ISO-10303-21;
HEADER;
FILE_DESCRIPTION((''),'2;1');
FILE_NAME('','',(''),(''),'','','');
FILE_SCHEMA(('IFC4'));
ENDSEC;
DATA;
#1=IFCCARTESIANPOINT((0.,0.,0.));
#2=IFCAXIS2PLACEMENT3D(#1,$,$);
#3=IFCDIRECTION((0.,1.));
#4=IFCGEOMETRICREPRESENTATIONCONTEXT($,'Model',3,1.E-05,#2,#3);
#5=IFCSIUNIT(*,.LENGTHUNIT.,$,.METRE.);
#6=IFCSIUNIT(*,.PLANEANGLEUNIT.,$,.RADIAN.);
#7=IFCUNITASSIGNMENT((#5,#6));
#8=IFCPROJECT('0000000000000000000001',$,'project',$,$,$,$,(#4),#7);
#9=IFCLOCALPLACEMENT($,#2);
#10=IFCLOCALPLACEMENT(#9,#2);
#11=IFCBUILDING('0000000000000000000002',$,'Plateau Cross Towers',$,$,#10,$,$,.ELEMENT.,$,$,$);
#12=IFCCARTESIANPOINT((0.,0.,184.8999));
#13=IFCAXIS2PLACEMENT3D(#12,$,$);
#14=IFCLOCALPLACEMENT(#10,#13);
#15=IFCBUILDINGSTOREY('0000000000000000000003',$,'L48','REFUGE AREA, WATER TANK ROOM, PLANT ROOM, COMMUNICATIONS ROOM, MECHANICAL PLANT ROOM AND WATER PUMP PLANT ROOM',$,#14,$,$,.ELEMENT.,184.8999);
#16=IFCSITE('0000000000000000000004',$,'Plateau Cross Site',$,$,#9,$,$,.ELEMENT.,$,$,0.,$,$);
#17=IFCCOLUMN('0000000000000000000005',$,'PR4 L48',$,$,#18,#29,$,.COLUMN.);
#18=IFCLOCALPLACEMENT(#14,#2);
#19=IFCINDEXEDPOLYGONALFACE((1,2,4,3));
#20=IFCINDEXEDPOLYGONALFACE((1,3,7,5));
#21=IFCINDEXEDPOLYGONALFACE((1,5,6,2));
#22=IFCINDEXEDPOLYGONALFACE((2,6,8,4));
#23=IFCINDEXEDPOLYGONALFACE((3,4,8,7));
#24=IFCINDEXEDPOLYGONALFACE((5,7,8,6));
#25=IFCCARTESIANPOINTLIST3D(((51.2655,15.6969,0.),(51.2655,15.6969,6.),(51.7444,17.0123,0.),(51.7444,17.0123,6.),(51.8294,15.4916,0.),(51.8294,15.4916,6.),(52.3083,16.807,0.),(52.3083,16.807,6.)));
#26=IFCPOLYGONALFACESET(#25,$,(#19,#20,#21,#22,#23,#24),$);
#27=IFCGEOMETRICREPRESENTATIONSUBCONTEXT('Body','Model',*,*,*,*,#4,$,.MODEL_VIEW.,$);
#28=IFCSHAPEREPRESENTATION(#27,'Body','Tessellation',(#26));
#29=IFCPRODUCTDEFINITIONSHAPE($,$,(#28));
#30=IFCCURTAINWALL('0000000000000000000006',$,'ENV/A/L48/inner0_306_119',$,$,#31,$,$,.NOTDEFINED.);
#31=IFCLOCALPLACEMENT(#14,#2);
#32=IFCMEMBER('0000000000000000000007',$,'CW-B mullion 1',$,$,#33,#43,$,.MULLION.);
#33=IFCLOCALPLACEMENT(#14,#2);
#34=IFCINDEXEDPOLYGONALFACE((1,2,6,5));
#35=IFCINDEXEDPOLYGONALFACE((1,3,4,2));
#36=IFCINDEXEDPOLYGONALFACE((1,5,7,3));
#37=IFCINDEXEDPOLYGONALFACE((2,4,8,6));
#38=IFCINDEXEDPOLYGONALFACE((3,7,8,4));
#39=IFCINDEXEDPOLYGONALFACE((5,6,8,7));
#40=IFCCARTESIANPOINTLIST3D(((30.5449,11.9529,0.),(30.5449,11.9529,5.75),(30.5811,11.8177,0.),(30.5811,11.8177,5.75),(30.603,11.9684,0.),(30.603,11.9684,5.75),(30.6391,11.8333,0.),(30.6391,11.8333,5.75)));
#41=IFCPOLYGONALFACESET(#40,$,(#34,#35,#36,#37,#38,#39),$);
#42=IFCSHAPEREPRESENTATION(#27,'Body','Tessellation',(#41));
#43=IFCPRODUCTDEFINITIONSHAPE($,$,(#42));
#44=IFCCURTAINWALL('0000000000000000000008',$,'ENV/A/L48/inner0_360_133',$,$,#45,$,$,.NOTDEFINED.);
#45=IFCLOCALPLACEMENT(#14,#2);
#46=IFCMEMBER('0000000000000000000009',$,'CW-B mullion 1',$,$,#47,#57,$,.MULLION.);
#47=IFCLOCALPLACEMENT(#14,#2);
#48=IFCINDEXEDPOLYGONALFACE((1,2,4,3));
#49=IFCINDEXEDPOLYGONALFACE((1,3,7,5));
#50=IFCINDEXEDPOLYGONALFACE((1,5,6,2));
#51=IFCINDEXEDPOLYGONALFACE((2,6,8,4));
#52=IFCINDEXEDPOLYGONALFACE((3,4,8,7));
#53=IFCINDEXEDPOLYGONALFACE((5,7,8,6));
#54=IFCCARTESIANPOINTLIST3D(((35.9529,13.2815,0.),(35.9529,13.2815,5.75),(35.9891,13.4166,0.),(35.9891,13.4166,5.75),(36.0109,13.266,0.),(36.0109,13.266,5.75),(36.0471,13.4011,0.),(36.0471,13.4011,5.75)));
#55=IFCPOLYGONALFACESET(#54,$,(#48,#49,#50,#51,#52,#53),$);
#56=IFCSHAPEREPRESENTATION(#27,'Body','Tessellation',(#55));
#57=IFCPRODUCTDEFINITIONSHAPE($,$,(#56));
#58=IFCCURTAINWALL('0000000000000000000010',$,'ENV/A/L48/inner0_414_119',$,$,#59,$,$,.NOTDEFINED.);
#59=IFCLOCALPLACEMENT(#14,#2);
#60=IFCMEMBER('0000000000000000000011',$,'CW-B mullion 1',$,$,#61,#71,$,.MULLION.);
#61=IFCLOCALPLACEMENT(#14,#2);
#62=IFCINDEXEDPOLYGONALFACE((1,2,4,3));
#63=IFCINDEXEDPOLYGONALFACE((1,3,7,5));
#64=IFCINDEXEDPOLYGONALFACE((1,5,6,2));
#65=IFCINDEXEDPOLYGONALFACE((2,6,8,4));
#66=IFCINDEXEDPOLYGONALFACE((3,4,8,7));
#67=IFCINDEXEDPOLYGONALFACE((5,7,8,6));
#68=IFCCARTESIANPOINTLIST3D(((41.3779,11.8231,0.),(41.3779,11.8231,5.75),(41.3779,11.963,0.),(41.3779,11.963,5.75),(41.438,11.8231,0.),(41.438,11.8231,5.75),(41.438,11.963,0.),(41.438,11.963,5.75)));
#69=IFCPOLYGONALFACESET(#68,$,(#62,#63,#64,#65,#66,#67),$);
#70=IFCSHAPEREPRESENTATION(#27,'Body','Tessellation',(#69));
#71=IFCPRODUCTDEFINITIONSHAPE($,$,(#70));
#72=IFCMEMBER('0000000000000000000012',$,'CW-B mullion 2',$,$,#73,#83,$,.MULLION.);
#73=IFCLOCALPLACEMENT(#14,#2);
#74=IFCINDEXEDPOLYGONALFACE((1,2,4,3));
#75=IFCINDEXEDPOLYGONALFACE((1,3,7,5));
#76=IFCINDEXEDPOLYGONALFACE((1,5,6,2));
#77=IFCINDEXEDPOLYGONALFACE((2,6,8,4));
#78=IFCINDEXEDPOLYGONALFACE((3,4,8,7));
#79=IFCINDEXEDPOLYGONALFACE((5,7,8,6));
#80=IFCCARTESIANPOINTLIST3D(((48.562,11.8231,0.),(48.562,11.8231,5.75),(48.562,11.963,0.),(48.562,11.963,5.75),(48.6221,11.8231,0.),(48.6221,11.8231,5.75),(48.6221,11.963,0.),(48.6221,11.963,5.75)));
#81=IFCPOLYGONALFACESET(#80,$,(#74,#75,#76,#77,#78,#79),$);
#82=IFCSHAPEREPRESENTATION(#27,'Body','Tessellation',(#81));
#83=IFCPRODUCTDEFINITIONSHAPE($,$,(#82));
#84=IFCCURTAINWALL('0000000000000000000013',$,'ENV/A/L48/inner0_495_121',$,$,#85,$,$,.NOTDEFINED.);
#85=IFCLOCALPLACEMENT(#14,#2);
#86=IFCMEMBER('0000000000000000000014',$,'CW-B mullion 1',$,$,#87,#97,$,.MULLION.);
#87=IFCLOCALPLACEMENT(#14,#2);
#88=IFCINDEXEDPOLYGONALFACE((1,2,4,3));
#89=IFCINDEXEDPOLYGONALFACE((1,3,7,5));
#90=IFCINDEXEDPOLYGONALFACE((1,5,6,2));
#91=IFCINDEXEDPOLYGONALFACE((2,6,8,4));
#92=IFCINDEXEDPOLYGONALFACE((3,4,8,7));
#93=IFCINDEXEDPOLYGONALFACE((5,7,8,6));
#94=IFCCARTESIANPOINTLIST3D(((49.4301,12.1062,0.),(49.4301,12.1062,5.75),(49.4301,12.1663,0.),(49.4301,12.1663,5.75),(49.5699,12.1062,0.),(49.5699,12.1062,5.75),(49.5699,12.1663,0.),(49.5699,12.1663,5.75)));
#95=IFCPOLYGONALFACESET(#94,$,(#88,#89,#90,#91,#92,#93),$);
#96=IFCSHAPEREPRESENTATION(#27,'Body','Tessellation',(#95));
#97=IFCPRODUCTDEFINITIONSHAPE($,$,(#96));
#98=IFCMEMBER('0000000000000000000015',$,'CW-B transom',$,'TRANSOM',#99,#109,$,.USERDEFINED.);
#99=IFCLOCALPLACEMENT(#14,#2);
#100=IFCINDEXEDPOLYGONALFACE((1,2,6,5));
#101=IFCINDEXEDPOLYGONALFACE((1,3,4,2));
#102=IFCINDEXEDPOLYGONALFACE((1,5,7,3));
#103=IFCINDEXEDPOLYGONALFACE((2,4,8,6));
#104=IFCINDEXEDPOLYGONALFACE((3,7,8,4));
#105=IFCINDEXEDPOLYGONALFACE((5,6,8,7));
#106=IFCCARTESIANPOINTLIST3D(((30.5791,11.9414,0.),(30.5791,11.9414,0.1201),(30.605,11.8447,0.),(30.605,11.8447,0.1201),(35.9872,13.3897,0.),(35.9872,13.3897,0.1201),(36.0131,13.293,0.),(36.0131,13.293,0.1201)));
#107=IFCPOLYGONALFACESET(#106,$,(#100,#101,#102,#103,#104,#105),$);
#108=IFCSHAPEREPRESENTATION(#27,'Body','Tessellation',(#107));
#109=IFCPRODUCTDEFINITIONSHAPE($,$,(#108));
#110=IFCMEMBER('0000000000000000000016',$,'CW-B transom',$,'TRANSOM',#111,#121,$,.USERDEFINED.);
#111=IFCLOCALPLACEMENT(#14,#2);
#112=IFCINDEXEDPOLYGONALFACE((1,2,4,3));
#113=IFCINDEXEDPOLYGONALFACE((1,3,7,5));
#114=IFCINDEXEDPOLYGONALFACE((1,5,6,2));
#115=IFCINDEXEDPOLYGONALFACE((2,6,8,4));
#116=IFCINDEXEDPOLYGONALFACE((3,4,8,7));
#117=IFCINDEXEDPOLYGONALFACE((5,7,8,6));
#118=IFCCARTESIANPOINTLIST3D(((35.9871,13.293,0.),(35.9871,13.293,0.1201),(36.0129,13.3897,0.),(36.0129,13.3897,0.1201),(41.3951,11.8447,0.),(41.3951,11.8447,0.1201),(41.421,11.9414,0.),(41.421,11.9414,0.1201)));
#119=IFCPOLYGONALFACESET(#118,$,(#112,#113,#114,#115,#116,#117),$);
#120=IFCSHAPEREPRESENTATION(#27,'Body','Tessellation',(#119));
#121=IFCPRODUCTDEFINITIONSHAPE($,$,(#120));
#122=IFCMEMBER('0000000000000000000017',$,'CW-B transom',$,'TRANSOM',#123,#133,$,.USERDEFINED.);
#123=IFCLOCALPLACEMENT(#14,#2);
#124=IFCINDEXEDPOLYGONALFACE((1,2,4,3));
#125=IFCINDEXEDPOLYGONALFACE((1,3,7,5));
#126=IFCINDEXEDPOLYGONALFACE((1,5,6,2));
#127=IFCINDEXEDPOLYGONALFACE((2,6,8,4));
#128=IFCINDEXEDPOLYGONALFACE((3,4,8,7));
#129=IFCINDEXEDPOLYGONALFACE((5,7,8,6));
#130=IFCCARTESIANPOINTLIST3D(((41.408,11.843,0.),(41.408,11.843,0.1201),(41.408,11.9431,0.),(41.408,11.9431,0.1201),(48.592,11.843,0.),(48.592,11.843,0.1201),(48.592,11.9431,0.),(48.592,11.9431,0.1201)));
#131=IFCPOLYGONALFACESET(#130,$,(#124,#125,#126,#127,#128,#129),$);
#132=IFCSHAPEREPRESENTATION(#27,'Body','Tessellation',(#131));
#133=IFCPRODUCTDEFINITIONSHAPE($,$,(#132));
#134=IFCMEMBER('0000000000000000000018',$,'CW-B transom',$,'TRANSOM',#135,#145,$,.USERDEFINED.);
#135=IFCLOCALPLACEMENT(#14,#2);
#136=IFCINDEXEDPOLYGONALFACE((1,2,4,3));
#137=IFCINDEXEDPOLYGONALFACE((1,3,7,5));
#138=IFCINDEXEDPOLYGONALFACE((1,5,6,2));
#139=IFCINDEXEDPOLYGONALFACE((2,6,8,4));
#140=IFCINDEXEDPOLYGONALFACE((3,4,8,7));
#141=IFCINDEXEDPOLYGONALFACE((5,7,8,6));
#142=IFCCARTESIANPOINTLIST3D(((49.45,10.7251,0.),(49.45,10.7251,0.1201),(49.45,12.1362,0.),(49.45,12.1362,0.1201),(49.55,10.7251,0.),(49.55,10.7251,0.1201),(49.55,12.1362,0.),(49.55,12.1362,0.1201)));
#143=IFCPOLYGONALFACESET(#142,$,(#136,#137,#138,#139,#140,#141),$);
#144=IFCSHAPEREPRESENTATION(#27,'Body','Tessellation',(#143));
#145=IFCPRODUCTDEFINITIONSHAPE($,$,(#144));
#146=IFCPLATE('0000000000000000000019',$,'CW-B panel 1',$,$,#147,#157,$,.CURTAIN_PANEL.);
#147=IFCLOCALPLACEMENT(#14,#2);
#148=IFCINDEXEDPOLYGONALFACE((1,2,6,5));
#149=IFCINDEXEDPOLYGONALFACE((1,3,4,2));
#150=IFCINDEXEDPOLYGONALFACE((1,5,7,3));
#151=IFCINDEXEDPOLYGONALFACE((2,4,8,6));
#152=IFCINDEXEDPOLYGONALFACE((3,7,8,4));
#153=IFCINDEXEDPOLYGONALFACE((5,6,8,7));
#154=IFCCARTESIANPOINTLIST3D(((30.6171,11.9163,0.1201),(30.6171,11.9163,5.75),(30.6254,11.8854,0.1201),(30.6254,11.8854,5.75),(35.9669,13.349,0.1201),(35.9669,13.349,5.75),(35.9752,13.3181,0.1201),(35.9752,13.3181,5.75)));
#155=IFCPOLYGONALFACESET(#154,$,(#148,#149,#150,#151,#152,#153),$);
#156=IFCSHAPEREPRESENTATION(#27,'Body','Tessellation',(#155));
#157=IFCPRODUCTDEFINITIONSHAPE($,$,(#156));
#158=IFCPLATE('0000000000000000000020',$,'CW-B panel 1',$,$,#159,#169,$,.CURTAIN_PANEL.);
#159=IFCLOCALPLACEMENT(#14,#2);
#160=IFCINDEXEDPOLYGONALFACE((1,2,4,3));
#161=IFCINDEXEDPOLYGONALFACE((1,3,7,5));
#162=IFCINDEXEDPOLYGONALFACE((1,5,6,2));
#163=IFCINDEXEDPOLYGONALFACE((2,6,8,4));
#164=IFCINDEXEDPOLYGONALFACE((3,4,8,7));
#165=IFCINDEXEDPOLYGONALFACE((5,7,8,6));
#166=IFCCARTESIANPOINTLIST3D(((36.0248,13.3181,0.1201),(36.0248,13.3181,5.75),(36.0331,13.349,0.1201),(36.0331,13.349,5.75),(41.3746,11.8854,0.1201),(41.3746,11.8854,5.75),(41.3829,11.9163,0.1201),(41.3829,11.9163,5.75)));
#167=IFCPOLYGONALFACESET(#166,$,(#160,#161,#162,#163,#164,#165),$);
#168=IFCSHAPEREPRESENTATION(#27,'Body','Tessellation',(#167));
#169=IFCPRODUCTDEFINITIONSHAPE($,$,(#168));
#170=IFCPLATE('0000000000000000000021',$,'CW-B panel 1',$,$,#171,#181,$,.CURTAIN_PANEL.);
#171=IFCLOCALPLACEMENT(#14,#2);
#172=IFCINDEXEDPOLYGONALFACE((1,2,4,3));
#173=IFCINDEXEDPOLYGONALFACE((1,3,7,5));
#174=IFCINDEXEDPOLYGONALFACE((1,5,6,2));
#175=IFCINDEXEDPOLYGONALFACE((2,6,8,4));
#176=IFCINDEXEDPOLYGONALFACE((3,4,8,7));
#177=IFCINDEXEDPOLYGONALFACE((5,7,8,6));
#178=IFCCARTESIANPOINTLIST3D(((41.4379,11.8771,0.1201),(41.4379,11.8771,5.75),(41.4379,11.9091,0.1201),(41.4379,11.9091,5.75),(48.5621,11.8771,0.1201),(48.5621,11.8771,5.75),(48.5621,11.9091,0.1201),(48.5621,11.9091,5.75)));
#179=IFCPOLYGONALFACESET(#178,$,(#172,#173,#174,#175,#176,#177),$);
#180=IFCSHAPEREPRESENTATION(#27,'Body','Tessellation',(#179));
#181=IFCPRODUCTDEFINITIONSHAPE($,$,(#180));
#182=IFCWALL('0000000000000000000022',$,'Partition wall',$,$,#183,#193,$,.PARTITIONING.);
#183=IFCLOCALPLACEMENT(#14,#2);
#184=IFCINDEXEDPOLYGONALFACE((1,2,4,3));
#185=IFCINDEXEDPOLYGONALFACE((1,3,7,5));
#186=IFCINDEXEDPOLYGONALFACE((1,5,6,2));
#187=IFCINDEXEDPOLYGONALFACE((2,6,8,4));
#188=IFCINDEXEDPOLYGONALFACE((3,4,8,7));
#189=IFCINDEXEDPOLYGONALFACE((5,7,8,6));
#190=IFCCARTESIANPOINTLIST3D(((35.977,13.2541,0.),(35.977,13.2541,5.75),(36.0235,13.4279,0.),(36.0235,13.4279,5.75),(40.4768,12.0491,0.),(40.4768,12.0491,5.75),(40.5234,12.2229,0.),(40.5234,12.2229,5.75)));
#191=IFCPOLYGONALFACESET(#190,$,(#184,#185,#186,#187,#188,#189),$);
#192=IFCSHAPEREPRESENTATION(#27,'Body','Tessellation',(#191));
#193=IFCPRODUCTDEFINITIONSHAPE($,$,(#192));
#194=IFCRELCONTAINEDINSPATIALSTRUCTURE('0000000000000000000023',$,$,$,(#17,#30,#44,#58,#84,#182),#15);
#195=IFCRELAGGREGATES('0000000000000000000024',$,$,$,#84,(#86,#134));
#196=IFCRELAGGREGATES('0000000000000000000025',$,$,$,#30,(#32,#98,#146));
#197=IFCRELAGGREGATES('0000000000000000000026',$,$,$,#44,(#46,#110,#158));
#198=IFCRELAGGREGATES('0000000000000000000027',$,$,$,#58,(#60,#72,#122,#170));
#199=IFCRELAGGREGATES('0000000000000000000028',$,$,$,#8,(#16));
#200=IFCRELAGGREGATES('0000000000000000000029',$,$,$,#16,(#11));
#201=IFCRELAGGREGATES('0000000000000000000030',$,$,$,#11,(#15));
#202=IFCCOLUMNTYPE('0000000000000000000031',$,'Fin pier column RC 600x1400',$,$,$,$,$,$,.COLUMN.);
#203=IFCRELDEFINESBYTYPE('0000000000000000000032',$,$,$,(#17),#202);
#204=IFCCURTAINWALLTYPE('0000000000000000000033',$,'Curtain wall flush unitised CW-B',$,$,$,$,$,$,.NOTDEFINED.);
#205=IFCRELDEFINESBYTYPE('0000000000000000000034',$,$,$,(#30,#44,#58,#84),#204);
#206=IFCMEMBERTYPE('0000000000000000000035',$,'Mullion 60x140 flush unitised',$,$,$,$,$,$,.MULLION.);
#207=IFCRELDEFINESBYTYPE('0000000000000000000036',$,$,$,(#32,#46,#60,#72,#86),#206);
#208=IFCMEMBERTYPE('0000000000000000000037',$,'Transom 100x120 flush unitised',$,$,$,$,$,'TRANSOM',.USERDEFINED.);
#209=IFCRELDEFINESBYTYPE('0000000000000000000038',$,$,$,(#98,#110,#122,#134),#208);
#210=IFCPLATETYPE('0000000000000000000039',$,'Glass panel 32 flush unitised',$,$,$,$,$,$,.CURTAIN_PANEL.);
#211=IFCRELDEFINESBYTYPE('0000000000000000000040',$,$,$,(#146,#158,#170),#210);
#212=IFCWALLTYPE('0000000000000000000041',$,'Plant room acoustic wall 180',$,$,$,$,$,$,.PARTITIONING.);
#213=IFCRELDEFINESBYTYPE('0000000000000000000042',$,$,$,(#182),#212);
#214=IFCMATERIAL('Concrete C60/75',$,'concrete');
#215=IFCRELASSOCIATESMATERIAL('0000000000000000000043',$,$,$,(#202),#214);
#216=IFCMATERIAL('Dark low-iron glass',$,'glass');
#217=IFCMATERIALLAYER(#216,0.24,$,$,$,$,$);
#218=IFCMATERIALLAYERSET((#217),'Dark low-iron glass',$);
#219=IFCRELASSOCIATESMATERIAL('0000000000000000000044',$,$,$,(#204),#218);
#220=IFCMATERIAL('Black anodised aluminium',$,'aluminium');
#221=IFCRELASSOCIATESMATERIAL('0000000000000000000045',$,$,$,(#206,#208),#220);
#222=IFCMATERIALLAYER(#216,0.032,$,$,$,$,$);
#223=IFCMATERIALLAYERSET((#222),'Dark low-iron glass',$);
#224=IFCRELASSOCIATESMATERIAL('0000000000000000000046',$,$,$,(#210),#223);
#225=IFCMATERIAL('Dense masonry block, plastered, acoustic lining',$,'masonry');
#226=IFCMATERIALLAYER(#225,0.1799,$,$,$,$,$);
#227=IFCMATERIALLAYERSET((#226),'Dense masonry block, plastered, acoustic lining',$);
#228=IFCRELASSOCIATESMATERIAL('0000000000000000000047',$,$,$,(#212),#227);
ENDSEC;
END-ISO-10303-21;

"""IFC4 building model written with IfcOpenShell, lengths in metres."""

from ifc_helpers import new_model, si_unit, direction, frame, frame_2d, origin, origin_2d, place, context, subcontext, project, spatial, rectangle, extrude, material, layer, layer_set, material_profile, profile_set, type_object, element, aggregate, save


model = new_model("IFC4")

# Units and contexts
model_context = context("Model", 3, precision=1e-05, world=origin(), true_north=direction((0.0, 1.0)))
body_context = subcontext(model_context, "Body", "Model", "MODEL_VIEW")
ifc_project = project(units=[si_unit("LENGTHUNIT", "METRE"), si_unit("PLANEANGLEUNIT", "RADIAN")], contexts=[model_context])

# Site, building, storey
site_placement = place(None, origin())
site = spatial("IfcSite", under=ifc_project, at=site_placement, Name="Plateau Cross Site", CompositionType="ELEMENT", RefElevation=0.0)
building_placement = place(site_placement, origin())
building = spatial("IfcBuilding", under=site, at=building_placement, Name="Plateau Cross Towers", CompositionType="ELEMENT")
storey_placement = place(building_placement, frame((0.0, 0.0, 184.8999)))
storey = spatial("IfcBuildingStorey", under=building, at=storey_placement, Name="L48", Description="REFUGE AREA, WATER TANK ROOM, PLANT ROOM, COMMUNICATIONS ROOM, MECHANICAL PLANT ROOM AND WATER PUMP PLANT ROOM", CompositionType="ELEMENT", Elevation=184.8999)

# Column
ifc_material_1 = material(Name="Concrete C60/75", Category="concrete")
ifc_material_profile_1 = material_profile(ifc_material_1, rectangle(XDim=0.6001, YDim=1.3999, at=origin_2d()), Name="RC 600x1400")
ifc_profile_set_1 = profile_set([ifc_material_profile_1], Name="Concrete C60/75")
column_type = type_object("IfcColumnType", Name="Fin pier column RC 600x1400", PredefinedType="COLUMN", material=ifc_profile_set_1)
column_placement = place(storey_placement, frame((51.7869, 16.252, 0.0), z_axis=(0.0, 0.0, 1.0), x_axis=(-0.939664, 0.342098, 0.0)))
element("IfcColumn", 1, at=column_placement, inside=storey, type_object=column_type, Name="PR4 L48", PredefinedType="COLUMN", context=body_context, shape_type="SweptSolid", body=[
    extrude(rectangle(XDim=0.6001, YDim=1.3999, at=origin_2d()), origin(), (0.0, 0.0, 1.0), 6.0),
])

# Curtain walls, members
ifc_material_2 = material(Name="Dark low-iron glass", Category="glass")
ifc_layer_1 = layer(ifc_material_2, 0.24)
ifc_layer_set_1 = layer_set([ifc_layer_1], Name="Dark low-iron glass")
curtain_wall_type = type_object("IfcCurtainWallType", Name="Curtain wall flush unitised CW-B", PredefinedType="NOTDEFINED", material=ifc_layer_set_1)
curtain_wall_1_placement = place(storey_placement, origin())
curtain_wall_1 = element("IfcCurtainWall", 2, at=curtain_wall_1_placement, inside=storey, type_object=curtain_wall_type, Name="ENV/A/L48/inner0_306_119", PredefinedType="NOTDEFINED")
ifc_material_3 = material(Name="Black anodised aluminium", Category="aluminium")
ifc_material_profile_2 = material_profile(ifc_material_3, rectangle(XDim=0.0601, YDim=0.1399, at=origin_2d()), Name="MULLION 60x140")
ifc_profile_set_2 = profile_set([ifc_material_profile_2], Name="Black anodised aluminium")
member_type_1 = type_object("IfcMemberType", Name="Mullion 60x140 flush unitised", PredefinedType="MULLION", material=ifc_profile_set_2)
member_1_placement = place(storey_placement, frame((30.592, 11.8931, 0.0), z_axis=(0.0, 0.0, 1.0), x_axis=(0.965958, 0.258699, 0.0)))
member_1 = element("IfcMember", 3, at=member_1_placement, type_object=member_type_1, Name="CW-B mullion 1", PredefinedType="MULLION", context=body_context, shape_type="SweptSolid", body=[
    extrude(rectangle(XDim=0.0601, YDim=0.1399, at=origin_2d()), origin(), (0.0, 0.0, 1.0), 5.75),
])
curtain_wall_2_placement = place(storey_placement, origin())
curtain_wall_2 = element("IfcCurtainWall", 4, at=curtain_wall_2_placement, inside=storey, type_object=curtain_wall_type, Name="ENV/A/L48/inner0_360_133", PredefinedType="NOTDEFINED")
member_2_placement = place(storey_placement, frame((36.0, 13.3413, 0.0), z_axis=(0.0, 0.0, 1.0), x_axis=(0.965958, -0.258699, 0.0)))
member_2 = element("IfcMember", 5, at=member_2_placement, type_object=member_type_1, Name="CW-B mullion 1", PredefinedType="MULLION", context=body_context, shape_type="SweptSolid", body=[
    extrude(rectangle(XDim=0.0601, YDim=0.1399, at=origin_2d()), origin(), (0.0, 0.0, 1.0), 5.75),
])

# Curtain wall, members
curtain_wall_3_placement = place(storey_placement, origin())
curtain_wall_3 = element("IfcCurtainWall", 6, at=curtain_wall_3_placement, inside=storey, type_object=curtain_wall_type, Name="ENV/A/L48/inner0_414_119", PredefinedType="NOTDEFINED")
member_3_placement = place(storey_placement, frame((41.408, 11.8931, 0.0), z_axis=(0.0, 0.0, 1.0), x_axis=(1.0, 0.0, 0.0)))
member_3 = element("IfcMember", 7, at=member_3_placement, type_object=member_type_1, Name="CW-B mullion 1", PredefinedType="MULLION", context=body_context, shape_type="SweptSolid", body=[
    extrude(rectangle(XDim=0.0601, YDim=0.1399, at=origin_2d()), origin(), (0.0, 0.0, 1.0), 5.75),
])
member_4_placement = place(storey_placement, frame((48.592, 11.8931, 0.0), z_axis=(0.0, 0.0, 1.0), x_axis=(1.0, 0.0, 0.0)))
member_4 = element("IfcMember", 8, at=member_4_placement, type_object=member_type_1, Name="CW-B mullion 2", PredefinedType="MULLION", context=body_context, shape_type="SweptSolid", body=[
    extrude(rectangle(XDim=0.0601, YDim=0.1399, at=origin_2d()), origin(), (0.0, 0.0, 1.0), 5.75),
])

# Curtain wall, member
curtain_wall_4_placement = place(storey_placement, origin())
curtain_wall_4 = element("IfcCurtainWall", 9, at=curtain_wall_4_placement, inside=storey, type_object=curtain_wall_type, Name="ENV/A/L48/inner0_495_121", PredefinedType="NOTDEFINED")
member_5_placement = place(storey_placement, frame((49.5, 12.1362, 0.0), z_axis=(0.0, 0.0, 1.0), x_axis=(0.0, -1.0, 0.0)))
member_5 = element("IfcMember", 10, at=member_5_placement, type_object=member_type_1, Name="CW-B mullion 1", PredefinedType="MULLION", context=body_context, shape_type="SweptSolid", body=[
    extrude(rectangle(XDim=0.0601, YDim=0.1399, at=origin_2d()), origin(), (0.0, 0.0, 1.0), 5.75),
])

# Members
ifc_material_profile_3 = material_profile(ifc_material_3, rectangle(XDim=0.1001, YDim=0.1201, at=origin_2d()), Name="TRANSOM 100x120")
ifc_profile_set_3 = profile_set([ifc_material_profile_3], Name="Black anodised aluminium")
member_type_2 = type_object("IfcMemberType", Name="Transom 100x120 flush unitised", ElementType="TRANSOM", PredefinedType="USERDEFINED", material=ifc_profile_set_3)
member_6_placement = place(storey_placement, frame((30.592, 11.8931, 0.0601), z_axis=(0.965962, 0.258683, 0.0), x_axis=(-0.258683, 0.965962, 0.0)))
member_6 = element("IfcMember", 11, at=member_6_placement, type_object=member_type_2, Name="CW-B transom", ObjectType="TRANSOM", PredefinedType="USERDEFINED", context=body_context, shape_type="SweptSolid", body=[
    extrude(rectangle(XDim=0.1001, YDim=0.1201, at=origin_2d()), origin(), (0.0, 0.0, 1.0), 5.5986),
])
member_7_placement = place(storey_placement, frame((36.0, 13.3413, 0.0601), z_axis=(0.965962, -0.258683, 0.0), x_axis=(0.258683, 0.965962, 0.0)))
member_7 = element("IfcMember", 12, at=member_7_placement, type_object=member_type_2, Name="CW-B transom", ObjectType="TRANSOM", PredefinedType="USERDEFINED", context=body_context, shape_type="SweptSolid", body=[
    extrude(rectangle(XDim=0.1001, YDim=0.1201, at=origin_2d()), origin(), (0.0, 0.0, 1.0), 5.5986),
])
member_8_placement = place(storey_placement, frame((41.408, 11.8931, 0.0601), z_axis=(1.0, 0.0, 0.0), x_axis=(0.0, 1.0, 0.0)))
member_8 = element("IfcMember", 13, at=member_8_placement, type_object=member_type_2, Name="CW-B transom", ObjectType="TRANSOM", PredefinedType="USERDEFINED", context=body_context, shape_type="SweptSolid", body=[
    extrude(rectangle(XDim=0.1001, YDim=0.1201, at=origin_2d()), origin(), (0.0, 0.0, 1.0), 7.1841),
])
member_9_placement = place(storey_placement, frame((49.5, 12.1362, 0.0601), z_axis=(0.0, -1.0, 0.0), x_axis=(1.0, 0.0, 0.0)))
member_9 = element("IfcMember", 14, at=member_9_placement, type_object=member_type_2, Name="CW-B transom", ObjectType="TRANSOM", PredefinedType="USERDEFINED", context=body_context, shape_type="SweptSolid", body=[
    extrude(rectangle(XDim=0.1001, YDim=0.1201, at=origin_2d()), origin(), (0.0, 0.0, 1.0), 1.4111),
])
aggregate(curtain_wall_4, [member_5, member_9])

# Plates
ifc_layer_2 = layer(ifc_material_2, 0.032)
ifc_layer_set_2 = layer_set([ifc_layer_2], Name="Dark low-iron glass")
plate_type = type_object("IfcPlateType", Name="Glass panel 32 flush unitised", PredefinedType="CURTAIN_PANEL", material=ifc_layer_set_2)
plate_1_placement = place(storey_placement, frame((33.2961, 12.6172, 0.1201), z_axis=(0.0, 0.0, 1.0), x_axis=(0.965958, 0.258699, 0.0)))
plate_1 = element("IfcPlate", 15, at=plate_1_placement, type_object=plate_type, Name="CW-B panel 1", PredefinedType="CURTAIN_PANEL", context=body_context, shape_type="SweptSolid", body=[
    extrude(rectangle(XDim=5.5383, YDim=0.032, at=origin_2d()), origin(), (0.0, 0.0, 1.0), 5.6299),
])
aggregate(curtain_wall_1, [member_1, member_6, plate_1])
plate_2_placement = place(storey_placement, frame((38.7039, 12.6172, 0.1201), z_axis=(0.0, 0.0, 1.0), x_axis=(0.965958, -0.258699, 0.0)))
plate_2 = element("IfcPlate", 16, at=plate_2_placement, type_object=plate_type, Name="CW-B panel 1", PredefinedType="CURTAIN_PANEL", context=body_context, shape_type="SweptSolid", body=[
    extrude(rectangle(XDim=5.5383, YDim=0.032, at=origin_2d()), origin(), (0.0, 0.0, 1.0), 5.6299),
])
aggregate(curtain_wall_2, [member_2, member_7, plate_2])
plate_3_placement = place(storey_placement, frame((45.0, 11.8931, 0.1201), z_axis=(0.0, 0.0, 1.0), x_axis=(1.0, 0.0, 0.0)))
plate_3 = element("IfcPlate", 17, at=plate_3_placement, type_object=plate_type, Name="CW-B panel 1", PredefinedType="CURTAIN_PANEL", context=body_context, shape_type="SweptSolid", body=[
    extrude(rectangle(XDim=7.1243, YDim=0.032, at=origin_2d()), origin(), (0.0, 0.0, 1.0), 5.6299),
])
aggregate(curtain_wall_3, [member_3, member_4, member_8, plate_3])

# Wall
ifc_material_4 = material(Name="Dense masonry block, plastered, acoustic lining", Category="masonry")
ifc_layer_3 = layer(ifc_material_4, 0.1799)
ifc_layer_set_3 = layer_set([ifc_layer_3], Name="Dense masonry block, plastered, acoustic lining")
wall_type_1 = type_object("IfcWallType", Name="Plant room acoustic wall 180", PredefinedType="PARTITIONING", material=ifc_layer_set_3)
wall_1_placement = place(storey_placement, frame((40.5, 12.136, 0.0), z_axis=(0.0, 0.0, 1.0), x_axis=(-0.965963, 0.25868, 0.0)))
element("IfcWall", 18, at=wall_1_placement, inside=storey, type_object=wall_type_1, Name="Partition wall", PredefinedType="PARTITIONING", context=body_context, shape_type="SweptSolid", body=[
    extrude(rectangle(XDim=4.6584, YDim=0.1799, at=frame_2d((2.3291, 0.0))), origin(), (0.0, 0.0, 1.0), 5.75),
])

save(model, "model.ifc")
